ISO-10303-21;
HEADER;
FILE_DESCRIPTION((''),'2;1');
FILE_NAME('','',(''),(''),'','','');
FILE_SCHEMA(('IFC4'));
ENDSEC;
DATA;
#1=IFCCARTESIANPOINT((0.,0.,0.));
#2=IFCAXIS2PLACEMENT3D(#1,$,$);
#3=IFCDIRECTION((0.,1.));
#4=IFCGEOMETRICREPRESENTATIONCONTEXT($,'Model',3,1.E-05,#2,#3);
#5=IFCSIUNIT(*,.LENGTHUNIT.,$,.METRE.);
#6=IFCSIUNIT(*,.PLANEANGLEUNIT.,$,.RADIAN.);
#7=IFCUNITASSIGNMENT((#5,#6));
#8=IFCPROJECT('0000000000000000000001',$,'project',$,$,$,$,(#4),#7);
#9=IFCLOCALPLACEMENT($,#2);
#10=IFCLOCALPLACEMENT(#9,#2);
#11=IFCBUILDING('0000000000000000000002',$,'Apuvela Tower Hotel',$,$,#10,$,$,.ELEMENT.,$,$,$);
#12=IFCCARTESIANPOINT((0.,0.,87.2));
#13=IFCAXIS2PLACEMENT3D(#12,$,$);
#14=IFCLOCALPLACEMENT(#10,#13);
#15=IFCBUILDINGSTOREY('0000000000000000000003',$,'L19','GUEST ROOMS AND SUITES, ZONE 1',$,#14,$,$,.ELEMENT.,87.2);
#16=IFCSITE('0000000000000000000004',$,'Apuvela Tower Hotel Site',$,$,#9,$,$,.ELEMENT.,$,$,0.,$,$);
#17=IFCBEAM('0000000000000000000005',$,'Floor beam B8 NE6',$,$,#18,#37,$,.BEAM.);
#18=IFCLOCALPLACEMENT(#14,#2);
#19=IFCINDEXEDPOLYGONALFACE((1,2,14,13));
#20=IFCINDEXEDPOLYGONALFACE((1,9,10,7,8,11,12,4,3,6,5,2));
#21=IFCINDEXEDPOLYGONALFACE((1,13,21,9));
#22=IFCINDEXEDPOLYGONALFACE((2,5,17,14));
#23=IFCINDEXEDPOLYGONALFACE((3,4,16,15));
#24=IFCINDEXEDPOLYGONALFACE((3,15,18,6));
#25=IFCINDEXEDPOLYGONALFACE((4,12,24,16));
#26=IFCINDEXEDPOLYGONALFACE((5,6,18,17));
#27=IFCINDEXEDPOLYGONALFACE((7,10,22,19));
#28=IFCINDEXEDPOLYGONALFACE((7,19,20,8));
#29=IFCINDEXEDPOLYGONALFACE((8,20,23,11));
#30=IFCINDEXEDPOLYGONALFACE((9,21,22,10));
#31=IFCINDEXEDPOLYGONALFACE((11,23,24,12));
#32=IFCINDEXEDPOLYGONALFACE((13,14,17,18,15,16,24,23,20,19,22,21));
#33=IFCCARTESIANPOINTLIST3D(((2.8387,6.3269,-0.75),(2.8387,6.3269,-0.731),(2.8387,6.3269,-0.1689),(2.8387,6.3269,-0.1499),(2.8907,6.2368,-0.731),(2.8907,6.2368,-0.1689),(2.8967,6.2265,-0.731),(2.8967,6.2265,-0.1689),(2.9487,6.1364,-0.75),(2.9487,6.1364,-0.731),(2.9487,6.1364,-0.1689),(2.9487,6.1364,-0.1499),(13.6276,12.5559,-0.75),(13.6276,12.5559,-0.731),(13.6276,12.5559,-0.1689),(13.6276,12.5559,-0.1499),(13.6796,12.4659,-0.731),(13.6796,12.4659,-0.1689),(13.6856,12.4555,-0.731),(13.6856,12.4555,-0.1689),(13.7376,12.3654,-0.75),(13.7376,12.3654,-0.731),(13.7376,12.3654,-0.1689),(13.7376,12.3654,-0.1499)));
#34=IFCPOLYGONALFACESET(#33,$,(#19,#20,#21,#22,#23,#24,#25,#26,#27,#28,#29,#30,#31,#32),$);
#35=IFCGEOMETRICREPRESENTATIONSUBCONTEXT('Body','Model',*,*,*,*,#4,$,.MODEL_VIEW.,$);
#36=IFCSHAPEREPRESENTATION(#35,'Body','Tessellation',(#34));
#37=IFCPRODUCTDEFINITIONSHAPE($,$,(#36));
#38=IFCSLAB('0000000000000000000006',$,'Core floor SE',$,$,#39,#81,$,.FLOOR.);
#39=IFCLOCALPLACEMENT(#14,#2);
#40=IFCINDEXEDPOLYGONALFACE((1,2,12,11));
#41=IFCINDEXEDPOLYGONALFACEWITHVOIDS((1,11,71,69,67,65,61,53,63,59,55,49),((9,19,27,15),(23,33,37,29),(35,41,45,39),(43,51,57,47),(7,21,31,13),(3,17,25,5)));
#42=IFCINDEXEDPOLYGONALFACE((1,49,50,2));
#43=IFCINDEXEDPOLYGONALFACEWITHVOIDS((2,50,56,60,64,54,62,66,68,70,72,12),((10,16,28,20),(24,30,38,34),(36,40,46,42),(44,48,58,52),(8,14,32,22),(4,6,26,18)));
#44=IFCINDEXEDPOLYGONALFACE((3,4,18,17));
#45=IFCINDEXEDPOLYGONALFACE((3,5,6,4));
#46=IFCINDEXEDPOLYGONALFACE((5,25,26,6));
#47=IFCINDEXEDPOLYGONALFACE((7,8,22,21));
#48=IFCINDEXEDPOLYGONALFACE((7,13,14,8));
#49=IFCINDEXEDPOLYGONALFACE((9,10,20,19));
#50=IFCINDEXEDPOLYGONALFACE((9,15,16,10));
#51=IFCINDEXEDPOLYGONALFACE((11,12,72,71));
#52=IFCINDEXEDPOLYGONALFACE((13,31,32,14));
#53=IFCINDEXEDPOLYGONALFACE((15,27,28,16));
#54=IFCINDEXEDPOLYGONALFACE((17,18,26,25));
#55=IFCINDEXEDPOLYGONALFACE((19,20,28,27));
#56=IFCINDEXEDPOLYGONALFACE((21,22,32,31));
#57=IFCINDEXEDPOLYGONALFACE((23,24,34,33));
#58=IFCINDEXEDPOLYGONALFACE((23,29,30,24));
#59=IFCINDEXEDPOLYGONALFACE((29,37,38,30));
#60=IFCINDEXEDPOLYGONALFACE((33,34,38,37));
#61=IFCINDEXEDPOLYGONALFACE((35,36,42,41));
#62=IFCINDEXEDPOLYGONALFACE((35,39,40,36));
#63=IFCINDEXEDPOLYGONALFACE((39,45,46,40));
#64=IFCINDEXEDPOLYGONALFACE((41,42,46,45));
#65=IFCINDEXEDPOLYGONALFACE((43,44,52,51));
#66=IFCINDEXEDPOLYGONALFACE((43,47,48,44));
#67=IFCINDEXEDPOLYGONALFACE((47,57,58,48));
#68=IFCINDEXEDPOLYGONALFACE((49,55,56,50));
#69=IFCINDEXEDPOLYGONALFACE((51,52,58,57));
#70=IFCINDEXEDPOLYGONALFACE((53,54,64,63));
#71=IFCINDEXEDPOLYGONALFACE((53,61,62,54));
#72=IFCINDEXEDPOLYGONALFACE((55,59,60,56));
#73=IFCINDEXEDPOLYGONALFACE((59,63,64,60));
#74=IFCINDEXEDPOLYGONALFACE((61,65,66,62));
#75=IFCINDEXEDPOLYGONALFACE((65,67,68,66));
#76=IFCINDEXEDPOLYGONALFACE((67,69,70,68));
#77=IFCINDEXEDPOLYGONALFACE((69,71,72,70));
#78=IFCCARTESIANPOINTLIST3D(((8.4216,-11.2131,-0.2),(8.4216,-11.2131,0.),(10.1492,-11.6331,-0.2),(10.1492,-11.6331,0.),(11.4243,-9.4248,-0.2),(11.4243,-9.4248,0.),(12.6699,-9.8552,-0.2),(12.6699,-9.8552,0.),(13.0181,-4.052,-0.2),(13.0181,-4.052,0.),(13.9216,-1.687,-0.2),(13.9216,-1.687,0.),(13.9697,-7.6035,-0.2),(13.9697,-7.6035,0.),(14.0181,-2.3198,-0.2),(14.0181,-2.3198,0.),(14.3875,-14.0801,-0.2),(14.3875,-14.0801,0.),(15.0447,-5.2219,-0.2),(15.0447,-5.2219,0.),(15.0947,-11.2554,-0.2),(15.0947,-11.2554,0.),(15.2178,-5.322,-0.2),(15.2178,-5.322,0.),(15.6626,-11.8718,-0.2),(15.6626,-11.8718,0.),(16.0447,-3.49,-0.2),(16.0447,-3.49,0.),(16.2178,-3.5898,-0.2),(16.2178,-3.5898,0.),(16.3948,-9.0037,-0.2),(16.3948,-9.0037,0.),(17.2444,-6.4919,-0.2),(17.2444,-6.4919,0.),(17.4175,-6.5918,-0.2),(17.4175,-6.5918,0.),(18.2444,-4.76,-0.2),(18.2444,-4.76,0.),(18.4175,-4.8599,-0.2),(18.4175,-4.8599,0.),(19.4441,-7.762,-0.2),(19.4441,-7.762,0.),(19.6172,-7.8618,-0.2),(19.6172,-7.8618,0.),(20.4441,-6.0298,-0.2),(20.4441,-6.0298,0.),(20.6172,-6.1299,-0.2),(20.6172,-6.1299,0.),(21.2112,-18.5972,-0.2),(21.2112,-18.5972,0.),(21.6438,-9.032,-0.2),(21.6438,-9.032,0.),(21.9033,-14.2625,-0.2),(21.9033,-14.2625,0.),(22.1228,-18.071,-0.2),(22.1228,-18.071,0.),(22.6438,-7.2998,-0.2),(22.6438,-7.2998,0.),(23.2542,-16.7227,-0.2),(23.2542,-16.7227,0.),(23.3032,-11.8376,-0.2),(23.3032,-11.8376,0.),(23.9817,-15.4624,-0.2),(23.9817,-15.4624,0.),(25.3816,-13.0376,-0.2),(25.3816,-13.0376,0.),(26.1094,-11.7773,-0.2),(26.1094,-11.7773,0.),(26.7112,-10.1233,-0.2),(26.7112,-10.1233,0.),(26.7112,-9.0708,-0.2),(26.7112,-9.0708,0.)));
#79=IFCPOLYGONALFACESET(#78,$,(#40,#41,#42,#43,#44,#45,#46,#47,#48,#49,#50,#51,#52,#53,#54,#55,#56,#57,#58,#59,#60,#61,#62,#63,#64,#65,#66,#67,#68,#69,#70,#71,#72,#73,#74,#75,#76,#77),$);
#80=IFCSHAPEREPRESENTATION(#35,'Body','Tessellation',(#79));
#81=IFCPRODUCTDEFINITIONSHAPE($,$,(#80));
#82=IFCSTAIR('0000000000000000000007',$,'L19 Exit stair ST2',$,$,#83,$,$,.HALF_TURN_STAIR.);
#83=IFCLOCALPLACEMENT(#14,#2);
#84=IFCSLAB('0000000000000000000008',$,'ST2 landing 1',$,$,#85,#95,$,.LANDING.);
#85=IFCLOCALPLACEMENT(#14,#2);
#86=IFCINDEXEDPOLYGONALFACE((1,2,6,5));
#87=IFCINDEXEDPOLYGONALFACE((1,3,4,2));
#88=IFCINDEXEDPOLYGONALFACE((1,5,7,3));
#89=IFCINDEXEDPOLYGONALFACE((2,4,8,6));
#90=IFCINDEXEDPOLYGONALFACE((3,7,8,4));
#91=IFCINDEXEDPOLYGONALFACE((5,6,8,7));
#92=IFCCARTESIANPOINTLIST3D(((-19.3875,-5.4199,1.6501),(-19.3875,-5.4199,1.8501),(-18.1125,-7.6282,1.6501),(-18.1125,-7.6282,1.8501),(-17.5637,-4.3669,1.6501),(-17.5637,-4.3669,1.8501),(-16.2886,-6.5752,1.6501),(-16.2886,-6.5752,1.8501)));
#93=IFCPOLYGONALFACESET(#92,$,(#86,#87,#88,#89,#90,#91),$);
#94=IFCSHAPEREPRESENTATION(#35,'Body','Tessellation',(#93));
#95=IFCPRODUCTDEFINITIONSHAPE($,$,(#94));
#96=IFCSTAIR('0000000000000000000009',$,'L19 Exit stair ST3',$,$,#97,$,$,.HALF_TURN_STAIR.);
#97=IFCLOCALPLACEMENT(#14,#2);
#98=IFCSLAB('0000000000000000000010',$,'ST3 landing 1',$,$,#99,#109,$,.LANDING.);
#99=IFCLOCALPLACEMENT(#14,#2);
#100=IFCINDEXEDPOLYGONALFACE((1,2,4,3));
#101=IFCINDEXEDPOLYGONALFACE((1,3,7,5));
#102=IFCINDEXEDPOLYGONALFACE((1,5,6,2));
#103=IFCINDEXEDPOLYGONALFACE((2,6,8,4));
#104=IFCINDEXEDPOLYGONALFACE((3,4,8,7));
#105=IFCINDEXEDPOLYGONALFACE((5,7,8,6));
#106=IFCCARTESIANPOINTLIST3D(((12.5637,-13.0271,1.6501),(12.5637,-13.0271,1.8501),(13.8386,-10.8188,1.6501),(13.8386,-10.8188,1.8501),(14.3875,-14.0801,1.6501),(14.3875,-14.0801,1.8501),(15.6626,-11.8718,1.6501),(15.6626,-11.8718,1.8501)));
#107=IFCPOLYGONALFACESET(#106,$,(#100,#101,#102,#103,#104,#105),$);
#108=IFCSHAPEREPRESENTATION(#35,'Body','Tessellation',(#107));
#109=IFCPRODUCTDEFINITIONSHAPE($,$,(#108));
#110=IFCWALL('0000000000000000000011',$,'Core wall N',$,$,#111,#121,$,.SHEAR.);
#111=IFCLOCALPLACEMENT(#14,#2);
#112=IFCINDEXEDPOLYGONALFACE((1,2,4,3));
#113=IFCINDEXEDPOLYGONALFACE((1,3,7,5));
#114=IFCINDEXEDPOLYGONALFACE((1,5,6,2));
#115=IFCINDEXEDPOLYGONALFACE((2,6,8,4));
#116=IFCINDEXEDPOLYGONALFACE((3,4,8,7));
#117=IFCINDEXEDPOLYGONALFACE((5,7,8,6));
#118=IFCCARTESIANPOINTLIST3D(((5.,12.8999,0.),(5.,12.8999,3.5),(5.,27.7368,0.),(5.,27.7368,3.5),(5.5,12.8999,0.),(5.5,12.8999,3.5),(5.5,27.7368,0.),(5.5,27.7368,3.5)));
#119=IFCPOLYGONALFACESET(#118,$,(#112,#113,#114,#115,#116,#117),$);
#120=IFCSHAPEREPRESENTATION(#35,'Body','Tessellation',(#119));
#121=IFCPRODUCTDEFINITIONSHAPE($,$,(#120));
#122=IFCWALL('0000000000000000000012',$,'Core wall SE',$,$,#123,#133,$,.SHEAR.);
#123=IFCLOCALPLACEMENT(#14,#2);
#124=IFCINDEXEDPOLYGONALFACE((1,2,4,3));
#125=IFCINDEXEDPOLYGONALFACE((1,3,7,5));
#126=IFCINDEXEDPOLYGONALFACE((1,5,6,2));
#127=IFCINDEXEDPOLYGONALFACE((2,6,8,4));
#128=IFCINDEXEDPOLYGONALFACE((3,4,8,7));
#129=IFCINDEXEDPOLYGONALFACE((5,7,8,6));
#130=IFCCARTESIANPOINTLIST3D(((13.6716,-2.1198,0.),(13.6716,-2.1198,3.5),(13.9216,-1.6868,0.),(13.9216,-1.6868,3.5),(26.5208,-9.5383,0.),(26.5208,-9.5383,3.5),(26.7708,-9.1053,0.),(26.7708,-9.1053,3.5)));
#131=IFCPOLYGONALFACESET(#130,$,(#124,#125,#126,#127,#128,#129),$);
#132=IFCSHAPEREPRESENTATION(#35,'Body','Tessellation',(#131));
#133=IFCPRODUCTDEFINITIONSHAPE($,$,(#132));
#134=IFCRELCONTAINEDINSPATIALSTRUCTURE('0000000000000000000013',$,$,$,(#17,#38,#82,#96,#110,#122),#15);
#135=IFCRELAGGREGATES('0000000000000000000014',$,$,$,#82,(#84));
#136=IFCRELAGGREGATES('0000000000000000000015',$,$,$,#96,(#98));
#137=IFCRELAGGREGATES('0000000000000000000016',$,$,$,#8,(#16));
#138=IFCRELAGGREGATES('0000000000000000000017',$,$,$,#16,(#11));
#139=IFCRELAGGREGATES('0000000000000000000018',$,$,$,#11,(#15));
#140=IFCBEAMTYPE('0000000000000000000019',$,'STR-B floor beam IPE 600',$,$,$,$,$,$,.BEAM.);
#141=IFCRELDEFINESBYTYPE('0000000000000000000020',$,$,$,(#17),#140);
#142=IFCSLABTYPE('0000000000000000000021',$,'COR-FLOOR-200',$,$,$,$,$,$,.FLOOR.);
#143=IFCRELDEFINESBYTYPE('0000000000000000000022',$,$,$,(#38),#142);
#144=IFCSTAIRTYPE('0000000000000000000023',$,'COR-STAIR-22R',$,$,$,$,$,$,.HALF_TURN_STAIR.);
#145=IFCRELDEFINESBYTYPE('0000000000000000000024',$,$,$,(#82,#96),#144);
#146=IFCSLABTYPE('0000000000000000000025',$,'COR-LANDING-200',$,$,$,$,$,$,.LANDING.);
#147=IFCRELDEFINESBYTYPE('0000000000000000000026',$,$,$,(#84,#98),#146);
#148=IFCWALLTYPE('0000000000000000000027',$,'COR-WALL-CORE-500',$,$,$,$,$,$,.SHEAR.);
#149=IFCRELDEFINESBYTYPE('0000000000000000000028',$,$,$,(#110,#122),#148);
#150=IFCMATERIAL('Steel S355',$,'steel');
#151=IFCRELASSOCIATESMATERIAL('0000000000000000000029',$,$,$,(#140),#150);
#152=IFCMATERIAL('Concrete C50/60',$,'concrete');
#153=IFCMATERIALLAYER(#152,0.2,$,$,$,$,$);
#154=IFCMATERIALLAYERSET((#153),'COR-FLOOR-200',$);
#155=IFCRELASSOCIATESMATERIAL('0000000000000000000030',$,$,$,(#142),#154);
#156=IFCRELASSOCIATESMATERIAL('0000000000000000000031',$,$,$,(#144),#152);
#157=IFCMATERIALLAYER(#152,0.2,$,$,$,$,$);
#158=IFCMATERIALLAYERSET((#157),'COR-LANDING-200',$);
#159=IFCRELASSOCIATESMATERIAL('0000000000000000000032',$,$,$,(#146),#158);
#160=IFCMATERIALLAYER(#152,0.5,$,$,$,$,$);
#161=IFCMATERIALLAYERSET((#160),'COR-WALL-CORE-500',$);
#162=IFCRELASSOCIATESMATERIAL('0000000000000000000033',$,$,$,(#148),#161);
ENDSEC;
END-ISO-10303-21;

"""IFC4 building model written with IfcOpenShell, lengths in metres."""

from ifc_helpers import new_model, si_unit, direction, frame, frame_2d, origin, origin_2d, place, context, subcontext, project, spatial, polyline, rectangle, i_section, outline, extrude, material, layer, layer_set, material_profile, profile_set, type_object, element, aggregate, save


model = new_model("IFC4")

# Units and contexts
model_context = context("Model", 3, precision=1e-05, world=origin(), true_north=direction((0.0, 1.0)))
body_context = subcontext(model_context, "Body", "Model", "MODEL_VIEW")
ifc_project = project(units=[si_unit("LENGTHUNIT", "METRE"), si_unit("PLANEANGLEUNIT", "RADIAN")], contexts=[model_context])

# Site, building, storey
site_placement = place(None, origin())
site = spatial("IfcSite", under=ifc_project, at=site_placement, Name="Apuvela Tower Hotel Site", CompositionType="ELEMENT", RefElevation=0.0)
building_placement = place(site_placement, origin())
building = spatial("IfcBuilding", under=site, at=building_placement, Name="Apuvela Tower Hotel", CompositionType="ELEMENT")
storey_placement = place(building_placement, frame((0.0, 0.0, 87.2)))
storey = spatial("IfcBuildingStorey", under=building, at=storey_placement, Name="L19", Description="GUEST ROOMS AND SUITES, ZONE 1", CompositionType="ELEMENT", Elevation=87.2)

# Beam
ifc_material_1 = material(Name="Steel S355", Category="steel")
ifc_material_profile = material_profile(ifc_material_1, i_section(OverallWidth=0.22, OverallDepth=0.6001, WebThickness=0.012, FlangeThickness=0.019, at=origin_2d()), Name="IPE 600")
ifc_profile_set = profile_set([ifc_material_profile], Name="Steel S355")
beam_type = type_object("IfcBeamType", Name="STR-B floor beam IPE 600", PredefinedType="BEAM", material=ifc_profile_set)
beam_placement = place(storey_placement, frame((13.6826, 12.4607, -0.45), z_axis=(-0.866023, -0.500005, 0.0), x_axis=(0.500005, -0.866023, 0.0)))
element("IfcBeam", 1, at=beam_placement, inside=storey, type_object=beam_type, Name="Floor beam B8 NE6", PredefinedType="BEAM", context=body_context, shape_type="SweptSolid", body=[
    extrude(i_section(OverallWidth=0.22, OverallDepth=0.6001, WebThickness=0.012, FlangeThickness=0.019, at=origin_2d()), origin(), (0.0, 0.0, 1.0), 12.458),
])

# Slab
ifc_material_2 = material(Name="Concrete C50/60", Category="concrete")
ifc_layer_1 = layer(ifc_material_2, 0.2)
ifc_layer_set_1 = layer_set([ifc_layer_1], Name="COR-FLOOR-200")
slab_type_1 = type_object("IfcSlabType", Name="COR-FLOOR-200", PredefinedType="FLOOR", material=ifc_layer_set_1)
slab_1_placement = place(storey_placement, frame((0.0, 0.0, -0.2)))
element("IfcSlab", 2, at=slab_1_placement, inside=storey, type_object=slab_type_1, Name="Core floor SE", PredefinedType="FLOOR", context=body_context, shape_type="SweptSolid", body=[
    extrude(outline(polyline([(21.2112, -18.5972), (22.1228, -18.071), (23.2542, -16.7227), (23.9817, -15.4624), (21.9033, -14.2625), (23.3032, -11.8376), (25.3816, -13.0376), (26.1094, -11.7773), (26.7112, -10.1233), (26.7112, -9.0708), (13.9216, -1.687), (8.4216, -11.2131), (21.2112, -18.5972)]), holes=[polyline([(13.0181, -4.052), (14.0181, -2.3198), (16.0447, -3.49), (15.0447, -5.2219), (13.0181, -4.052)]), polyline([(17.2444, -6.4919), (15.2178, -5.322), (16.2178, -3.5898), (18.2444, -4.76), (17.2444, -6.4919)]), polyline([(14.3875, -14.0801), (10.1492, -11.6331), (11.4243, -9.4248), (15.6626, -11.8718), (14.3875, -14.0801)]), polyline([(12.6699, -9.8552), (13.9697, -7.6035), (16.3948, -9.0037), (15.0947, -11.2554), (12.6699, -9.8552)]), polyline([(19.4441, -7.762), (17.4175, -6.5918), (18.4175, -4.8599), (20.4441, -6.0298), (19.4441, -7.762)]), polyline([(21.6438, -9.032), (19.6172, -7.8618), (20.6172, -6.1299), (22.6438, -7.2998), (21.6438, -9.032)])]), origin(), (0.0, 0.0, 1.0), 0.2),
])

# Stairs, slabs
stair_type = type_object("IfcStairType", Name="COR-STAIR-22R", PredefinedType="HALF_TURN_STAIR", material=ifc_material_2)
stair_1_placement = place(storey_placement, origin())
stair_1 = element("IfcStair", 3, at=stair_1_placement, inside=storey, type_object=stair_type, Name="L19 Exit stair ST2", PredefinedType="HALF_TURN_STAIR")
ifc_layer_2 = layer(ifc_material_2, 0.2)
ifc_layer_set_2 = layer_set([ifc_layer_2], Name="COR-LANDING-200")
slab_type_2 = type_object("IfcSlabType", Name="COR-LANDING-200", PredefinedType="LANDING", material=ifc_layer_set_2)
slab_2_placement = place(storey_placement, frame((0.0, 0.0, 1.6501)))
slab_2 = element("IfcSlab", 4, at=slab_2_placement, type_object=slab_type_2, Name="ST2 landing 1", PredefinedType="LANDING", context=body_context, shape_type="SweptSolid", body=[
    extrude(outline(polyline([(-17.5637, -4.3669), (-19.3875, -5.4199), (-18.1125, -7.6282), (-16.2886, -6.5752), (-17.5637, -4.3669)])), origin(), (0.0, 0.0, 1.0), 0.2),
])
aggregate(stair_1, [slab_2])
stair_2_placement = place(storey_placement, origin())
stair_2 = element("IfcStair", 5, at=stair_2_placement, inside=storey, type_object=stair_type, Name="L19 Exit stair ST3", PredefinedType="HALF_TURN_STAIR")
slab_3_placement = place(storey_placement, frame((0.0, 0.0, 1.6501)))
slab_3 = element("IfcSlab", 6, at=slab_3_placement, type_object=slab_type_2, Name="ST3 landing 1", PredefinedType="LANDING", context=body_context, shape_type="SweptSolid", body=[
    extrude(outline(polyline([(12.5637, -13.0271), (14.3875, -14.0801), (15.6626, -11.8718), (13.8386, -10.8188), (12.5637, -13.0271)])), origin(), (0.0, 0.0, 1.0), 0.2),
])
aggregate(stair_2, [slab_3])

# Walls
ifc_layer_3 = layer(ifc_material_2, 0.5)
ifc_layer_set_3 = layer_set([ifc_layer_3], Name="COR-WALL-CORE-500")
wall_type_1 = type_object("IfcWallType", Name="COR-WALL-CORE-500", PredefinedType="SHEAR", material=ifc_layer_set_3)
for number, where, z_axis, x_axis, name in (
    (7, (5.25, 12.8999, 0.0), (0.0, 0.0, 1.0), (0.0, 1.0, 0.0), "Core wall N"),
    (8, (13.7966, -1.9033, 0.0), (0.0, 0.0, 1.0), (0.866025, -0.500001, 0.0), "Core wall SE"),
):
    element("IfcWall", number, at=place(storey_placement, frame(where, z_axis=z_axis, x_axis=x_axis)), inside=storey, type_object=wall_type_1, Name=name, PredefinedType="SHEAR", context=body_context, shape_type="SweptSolid", body=[
        extrude(rectangle(XDim=14.8369, YDim=0.5, at=frame_2d((7.4185, 0.0))), origin(), (0.0, 0.0, 1.0), 3.5),
    ])

save(model, "model.ifc")
